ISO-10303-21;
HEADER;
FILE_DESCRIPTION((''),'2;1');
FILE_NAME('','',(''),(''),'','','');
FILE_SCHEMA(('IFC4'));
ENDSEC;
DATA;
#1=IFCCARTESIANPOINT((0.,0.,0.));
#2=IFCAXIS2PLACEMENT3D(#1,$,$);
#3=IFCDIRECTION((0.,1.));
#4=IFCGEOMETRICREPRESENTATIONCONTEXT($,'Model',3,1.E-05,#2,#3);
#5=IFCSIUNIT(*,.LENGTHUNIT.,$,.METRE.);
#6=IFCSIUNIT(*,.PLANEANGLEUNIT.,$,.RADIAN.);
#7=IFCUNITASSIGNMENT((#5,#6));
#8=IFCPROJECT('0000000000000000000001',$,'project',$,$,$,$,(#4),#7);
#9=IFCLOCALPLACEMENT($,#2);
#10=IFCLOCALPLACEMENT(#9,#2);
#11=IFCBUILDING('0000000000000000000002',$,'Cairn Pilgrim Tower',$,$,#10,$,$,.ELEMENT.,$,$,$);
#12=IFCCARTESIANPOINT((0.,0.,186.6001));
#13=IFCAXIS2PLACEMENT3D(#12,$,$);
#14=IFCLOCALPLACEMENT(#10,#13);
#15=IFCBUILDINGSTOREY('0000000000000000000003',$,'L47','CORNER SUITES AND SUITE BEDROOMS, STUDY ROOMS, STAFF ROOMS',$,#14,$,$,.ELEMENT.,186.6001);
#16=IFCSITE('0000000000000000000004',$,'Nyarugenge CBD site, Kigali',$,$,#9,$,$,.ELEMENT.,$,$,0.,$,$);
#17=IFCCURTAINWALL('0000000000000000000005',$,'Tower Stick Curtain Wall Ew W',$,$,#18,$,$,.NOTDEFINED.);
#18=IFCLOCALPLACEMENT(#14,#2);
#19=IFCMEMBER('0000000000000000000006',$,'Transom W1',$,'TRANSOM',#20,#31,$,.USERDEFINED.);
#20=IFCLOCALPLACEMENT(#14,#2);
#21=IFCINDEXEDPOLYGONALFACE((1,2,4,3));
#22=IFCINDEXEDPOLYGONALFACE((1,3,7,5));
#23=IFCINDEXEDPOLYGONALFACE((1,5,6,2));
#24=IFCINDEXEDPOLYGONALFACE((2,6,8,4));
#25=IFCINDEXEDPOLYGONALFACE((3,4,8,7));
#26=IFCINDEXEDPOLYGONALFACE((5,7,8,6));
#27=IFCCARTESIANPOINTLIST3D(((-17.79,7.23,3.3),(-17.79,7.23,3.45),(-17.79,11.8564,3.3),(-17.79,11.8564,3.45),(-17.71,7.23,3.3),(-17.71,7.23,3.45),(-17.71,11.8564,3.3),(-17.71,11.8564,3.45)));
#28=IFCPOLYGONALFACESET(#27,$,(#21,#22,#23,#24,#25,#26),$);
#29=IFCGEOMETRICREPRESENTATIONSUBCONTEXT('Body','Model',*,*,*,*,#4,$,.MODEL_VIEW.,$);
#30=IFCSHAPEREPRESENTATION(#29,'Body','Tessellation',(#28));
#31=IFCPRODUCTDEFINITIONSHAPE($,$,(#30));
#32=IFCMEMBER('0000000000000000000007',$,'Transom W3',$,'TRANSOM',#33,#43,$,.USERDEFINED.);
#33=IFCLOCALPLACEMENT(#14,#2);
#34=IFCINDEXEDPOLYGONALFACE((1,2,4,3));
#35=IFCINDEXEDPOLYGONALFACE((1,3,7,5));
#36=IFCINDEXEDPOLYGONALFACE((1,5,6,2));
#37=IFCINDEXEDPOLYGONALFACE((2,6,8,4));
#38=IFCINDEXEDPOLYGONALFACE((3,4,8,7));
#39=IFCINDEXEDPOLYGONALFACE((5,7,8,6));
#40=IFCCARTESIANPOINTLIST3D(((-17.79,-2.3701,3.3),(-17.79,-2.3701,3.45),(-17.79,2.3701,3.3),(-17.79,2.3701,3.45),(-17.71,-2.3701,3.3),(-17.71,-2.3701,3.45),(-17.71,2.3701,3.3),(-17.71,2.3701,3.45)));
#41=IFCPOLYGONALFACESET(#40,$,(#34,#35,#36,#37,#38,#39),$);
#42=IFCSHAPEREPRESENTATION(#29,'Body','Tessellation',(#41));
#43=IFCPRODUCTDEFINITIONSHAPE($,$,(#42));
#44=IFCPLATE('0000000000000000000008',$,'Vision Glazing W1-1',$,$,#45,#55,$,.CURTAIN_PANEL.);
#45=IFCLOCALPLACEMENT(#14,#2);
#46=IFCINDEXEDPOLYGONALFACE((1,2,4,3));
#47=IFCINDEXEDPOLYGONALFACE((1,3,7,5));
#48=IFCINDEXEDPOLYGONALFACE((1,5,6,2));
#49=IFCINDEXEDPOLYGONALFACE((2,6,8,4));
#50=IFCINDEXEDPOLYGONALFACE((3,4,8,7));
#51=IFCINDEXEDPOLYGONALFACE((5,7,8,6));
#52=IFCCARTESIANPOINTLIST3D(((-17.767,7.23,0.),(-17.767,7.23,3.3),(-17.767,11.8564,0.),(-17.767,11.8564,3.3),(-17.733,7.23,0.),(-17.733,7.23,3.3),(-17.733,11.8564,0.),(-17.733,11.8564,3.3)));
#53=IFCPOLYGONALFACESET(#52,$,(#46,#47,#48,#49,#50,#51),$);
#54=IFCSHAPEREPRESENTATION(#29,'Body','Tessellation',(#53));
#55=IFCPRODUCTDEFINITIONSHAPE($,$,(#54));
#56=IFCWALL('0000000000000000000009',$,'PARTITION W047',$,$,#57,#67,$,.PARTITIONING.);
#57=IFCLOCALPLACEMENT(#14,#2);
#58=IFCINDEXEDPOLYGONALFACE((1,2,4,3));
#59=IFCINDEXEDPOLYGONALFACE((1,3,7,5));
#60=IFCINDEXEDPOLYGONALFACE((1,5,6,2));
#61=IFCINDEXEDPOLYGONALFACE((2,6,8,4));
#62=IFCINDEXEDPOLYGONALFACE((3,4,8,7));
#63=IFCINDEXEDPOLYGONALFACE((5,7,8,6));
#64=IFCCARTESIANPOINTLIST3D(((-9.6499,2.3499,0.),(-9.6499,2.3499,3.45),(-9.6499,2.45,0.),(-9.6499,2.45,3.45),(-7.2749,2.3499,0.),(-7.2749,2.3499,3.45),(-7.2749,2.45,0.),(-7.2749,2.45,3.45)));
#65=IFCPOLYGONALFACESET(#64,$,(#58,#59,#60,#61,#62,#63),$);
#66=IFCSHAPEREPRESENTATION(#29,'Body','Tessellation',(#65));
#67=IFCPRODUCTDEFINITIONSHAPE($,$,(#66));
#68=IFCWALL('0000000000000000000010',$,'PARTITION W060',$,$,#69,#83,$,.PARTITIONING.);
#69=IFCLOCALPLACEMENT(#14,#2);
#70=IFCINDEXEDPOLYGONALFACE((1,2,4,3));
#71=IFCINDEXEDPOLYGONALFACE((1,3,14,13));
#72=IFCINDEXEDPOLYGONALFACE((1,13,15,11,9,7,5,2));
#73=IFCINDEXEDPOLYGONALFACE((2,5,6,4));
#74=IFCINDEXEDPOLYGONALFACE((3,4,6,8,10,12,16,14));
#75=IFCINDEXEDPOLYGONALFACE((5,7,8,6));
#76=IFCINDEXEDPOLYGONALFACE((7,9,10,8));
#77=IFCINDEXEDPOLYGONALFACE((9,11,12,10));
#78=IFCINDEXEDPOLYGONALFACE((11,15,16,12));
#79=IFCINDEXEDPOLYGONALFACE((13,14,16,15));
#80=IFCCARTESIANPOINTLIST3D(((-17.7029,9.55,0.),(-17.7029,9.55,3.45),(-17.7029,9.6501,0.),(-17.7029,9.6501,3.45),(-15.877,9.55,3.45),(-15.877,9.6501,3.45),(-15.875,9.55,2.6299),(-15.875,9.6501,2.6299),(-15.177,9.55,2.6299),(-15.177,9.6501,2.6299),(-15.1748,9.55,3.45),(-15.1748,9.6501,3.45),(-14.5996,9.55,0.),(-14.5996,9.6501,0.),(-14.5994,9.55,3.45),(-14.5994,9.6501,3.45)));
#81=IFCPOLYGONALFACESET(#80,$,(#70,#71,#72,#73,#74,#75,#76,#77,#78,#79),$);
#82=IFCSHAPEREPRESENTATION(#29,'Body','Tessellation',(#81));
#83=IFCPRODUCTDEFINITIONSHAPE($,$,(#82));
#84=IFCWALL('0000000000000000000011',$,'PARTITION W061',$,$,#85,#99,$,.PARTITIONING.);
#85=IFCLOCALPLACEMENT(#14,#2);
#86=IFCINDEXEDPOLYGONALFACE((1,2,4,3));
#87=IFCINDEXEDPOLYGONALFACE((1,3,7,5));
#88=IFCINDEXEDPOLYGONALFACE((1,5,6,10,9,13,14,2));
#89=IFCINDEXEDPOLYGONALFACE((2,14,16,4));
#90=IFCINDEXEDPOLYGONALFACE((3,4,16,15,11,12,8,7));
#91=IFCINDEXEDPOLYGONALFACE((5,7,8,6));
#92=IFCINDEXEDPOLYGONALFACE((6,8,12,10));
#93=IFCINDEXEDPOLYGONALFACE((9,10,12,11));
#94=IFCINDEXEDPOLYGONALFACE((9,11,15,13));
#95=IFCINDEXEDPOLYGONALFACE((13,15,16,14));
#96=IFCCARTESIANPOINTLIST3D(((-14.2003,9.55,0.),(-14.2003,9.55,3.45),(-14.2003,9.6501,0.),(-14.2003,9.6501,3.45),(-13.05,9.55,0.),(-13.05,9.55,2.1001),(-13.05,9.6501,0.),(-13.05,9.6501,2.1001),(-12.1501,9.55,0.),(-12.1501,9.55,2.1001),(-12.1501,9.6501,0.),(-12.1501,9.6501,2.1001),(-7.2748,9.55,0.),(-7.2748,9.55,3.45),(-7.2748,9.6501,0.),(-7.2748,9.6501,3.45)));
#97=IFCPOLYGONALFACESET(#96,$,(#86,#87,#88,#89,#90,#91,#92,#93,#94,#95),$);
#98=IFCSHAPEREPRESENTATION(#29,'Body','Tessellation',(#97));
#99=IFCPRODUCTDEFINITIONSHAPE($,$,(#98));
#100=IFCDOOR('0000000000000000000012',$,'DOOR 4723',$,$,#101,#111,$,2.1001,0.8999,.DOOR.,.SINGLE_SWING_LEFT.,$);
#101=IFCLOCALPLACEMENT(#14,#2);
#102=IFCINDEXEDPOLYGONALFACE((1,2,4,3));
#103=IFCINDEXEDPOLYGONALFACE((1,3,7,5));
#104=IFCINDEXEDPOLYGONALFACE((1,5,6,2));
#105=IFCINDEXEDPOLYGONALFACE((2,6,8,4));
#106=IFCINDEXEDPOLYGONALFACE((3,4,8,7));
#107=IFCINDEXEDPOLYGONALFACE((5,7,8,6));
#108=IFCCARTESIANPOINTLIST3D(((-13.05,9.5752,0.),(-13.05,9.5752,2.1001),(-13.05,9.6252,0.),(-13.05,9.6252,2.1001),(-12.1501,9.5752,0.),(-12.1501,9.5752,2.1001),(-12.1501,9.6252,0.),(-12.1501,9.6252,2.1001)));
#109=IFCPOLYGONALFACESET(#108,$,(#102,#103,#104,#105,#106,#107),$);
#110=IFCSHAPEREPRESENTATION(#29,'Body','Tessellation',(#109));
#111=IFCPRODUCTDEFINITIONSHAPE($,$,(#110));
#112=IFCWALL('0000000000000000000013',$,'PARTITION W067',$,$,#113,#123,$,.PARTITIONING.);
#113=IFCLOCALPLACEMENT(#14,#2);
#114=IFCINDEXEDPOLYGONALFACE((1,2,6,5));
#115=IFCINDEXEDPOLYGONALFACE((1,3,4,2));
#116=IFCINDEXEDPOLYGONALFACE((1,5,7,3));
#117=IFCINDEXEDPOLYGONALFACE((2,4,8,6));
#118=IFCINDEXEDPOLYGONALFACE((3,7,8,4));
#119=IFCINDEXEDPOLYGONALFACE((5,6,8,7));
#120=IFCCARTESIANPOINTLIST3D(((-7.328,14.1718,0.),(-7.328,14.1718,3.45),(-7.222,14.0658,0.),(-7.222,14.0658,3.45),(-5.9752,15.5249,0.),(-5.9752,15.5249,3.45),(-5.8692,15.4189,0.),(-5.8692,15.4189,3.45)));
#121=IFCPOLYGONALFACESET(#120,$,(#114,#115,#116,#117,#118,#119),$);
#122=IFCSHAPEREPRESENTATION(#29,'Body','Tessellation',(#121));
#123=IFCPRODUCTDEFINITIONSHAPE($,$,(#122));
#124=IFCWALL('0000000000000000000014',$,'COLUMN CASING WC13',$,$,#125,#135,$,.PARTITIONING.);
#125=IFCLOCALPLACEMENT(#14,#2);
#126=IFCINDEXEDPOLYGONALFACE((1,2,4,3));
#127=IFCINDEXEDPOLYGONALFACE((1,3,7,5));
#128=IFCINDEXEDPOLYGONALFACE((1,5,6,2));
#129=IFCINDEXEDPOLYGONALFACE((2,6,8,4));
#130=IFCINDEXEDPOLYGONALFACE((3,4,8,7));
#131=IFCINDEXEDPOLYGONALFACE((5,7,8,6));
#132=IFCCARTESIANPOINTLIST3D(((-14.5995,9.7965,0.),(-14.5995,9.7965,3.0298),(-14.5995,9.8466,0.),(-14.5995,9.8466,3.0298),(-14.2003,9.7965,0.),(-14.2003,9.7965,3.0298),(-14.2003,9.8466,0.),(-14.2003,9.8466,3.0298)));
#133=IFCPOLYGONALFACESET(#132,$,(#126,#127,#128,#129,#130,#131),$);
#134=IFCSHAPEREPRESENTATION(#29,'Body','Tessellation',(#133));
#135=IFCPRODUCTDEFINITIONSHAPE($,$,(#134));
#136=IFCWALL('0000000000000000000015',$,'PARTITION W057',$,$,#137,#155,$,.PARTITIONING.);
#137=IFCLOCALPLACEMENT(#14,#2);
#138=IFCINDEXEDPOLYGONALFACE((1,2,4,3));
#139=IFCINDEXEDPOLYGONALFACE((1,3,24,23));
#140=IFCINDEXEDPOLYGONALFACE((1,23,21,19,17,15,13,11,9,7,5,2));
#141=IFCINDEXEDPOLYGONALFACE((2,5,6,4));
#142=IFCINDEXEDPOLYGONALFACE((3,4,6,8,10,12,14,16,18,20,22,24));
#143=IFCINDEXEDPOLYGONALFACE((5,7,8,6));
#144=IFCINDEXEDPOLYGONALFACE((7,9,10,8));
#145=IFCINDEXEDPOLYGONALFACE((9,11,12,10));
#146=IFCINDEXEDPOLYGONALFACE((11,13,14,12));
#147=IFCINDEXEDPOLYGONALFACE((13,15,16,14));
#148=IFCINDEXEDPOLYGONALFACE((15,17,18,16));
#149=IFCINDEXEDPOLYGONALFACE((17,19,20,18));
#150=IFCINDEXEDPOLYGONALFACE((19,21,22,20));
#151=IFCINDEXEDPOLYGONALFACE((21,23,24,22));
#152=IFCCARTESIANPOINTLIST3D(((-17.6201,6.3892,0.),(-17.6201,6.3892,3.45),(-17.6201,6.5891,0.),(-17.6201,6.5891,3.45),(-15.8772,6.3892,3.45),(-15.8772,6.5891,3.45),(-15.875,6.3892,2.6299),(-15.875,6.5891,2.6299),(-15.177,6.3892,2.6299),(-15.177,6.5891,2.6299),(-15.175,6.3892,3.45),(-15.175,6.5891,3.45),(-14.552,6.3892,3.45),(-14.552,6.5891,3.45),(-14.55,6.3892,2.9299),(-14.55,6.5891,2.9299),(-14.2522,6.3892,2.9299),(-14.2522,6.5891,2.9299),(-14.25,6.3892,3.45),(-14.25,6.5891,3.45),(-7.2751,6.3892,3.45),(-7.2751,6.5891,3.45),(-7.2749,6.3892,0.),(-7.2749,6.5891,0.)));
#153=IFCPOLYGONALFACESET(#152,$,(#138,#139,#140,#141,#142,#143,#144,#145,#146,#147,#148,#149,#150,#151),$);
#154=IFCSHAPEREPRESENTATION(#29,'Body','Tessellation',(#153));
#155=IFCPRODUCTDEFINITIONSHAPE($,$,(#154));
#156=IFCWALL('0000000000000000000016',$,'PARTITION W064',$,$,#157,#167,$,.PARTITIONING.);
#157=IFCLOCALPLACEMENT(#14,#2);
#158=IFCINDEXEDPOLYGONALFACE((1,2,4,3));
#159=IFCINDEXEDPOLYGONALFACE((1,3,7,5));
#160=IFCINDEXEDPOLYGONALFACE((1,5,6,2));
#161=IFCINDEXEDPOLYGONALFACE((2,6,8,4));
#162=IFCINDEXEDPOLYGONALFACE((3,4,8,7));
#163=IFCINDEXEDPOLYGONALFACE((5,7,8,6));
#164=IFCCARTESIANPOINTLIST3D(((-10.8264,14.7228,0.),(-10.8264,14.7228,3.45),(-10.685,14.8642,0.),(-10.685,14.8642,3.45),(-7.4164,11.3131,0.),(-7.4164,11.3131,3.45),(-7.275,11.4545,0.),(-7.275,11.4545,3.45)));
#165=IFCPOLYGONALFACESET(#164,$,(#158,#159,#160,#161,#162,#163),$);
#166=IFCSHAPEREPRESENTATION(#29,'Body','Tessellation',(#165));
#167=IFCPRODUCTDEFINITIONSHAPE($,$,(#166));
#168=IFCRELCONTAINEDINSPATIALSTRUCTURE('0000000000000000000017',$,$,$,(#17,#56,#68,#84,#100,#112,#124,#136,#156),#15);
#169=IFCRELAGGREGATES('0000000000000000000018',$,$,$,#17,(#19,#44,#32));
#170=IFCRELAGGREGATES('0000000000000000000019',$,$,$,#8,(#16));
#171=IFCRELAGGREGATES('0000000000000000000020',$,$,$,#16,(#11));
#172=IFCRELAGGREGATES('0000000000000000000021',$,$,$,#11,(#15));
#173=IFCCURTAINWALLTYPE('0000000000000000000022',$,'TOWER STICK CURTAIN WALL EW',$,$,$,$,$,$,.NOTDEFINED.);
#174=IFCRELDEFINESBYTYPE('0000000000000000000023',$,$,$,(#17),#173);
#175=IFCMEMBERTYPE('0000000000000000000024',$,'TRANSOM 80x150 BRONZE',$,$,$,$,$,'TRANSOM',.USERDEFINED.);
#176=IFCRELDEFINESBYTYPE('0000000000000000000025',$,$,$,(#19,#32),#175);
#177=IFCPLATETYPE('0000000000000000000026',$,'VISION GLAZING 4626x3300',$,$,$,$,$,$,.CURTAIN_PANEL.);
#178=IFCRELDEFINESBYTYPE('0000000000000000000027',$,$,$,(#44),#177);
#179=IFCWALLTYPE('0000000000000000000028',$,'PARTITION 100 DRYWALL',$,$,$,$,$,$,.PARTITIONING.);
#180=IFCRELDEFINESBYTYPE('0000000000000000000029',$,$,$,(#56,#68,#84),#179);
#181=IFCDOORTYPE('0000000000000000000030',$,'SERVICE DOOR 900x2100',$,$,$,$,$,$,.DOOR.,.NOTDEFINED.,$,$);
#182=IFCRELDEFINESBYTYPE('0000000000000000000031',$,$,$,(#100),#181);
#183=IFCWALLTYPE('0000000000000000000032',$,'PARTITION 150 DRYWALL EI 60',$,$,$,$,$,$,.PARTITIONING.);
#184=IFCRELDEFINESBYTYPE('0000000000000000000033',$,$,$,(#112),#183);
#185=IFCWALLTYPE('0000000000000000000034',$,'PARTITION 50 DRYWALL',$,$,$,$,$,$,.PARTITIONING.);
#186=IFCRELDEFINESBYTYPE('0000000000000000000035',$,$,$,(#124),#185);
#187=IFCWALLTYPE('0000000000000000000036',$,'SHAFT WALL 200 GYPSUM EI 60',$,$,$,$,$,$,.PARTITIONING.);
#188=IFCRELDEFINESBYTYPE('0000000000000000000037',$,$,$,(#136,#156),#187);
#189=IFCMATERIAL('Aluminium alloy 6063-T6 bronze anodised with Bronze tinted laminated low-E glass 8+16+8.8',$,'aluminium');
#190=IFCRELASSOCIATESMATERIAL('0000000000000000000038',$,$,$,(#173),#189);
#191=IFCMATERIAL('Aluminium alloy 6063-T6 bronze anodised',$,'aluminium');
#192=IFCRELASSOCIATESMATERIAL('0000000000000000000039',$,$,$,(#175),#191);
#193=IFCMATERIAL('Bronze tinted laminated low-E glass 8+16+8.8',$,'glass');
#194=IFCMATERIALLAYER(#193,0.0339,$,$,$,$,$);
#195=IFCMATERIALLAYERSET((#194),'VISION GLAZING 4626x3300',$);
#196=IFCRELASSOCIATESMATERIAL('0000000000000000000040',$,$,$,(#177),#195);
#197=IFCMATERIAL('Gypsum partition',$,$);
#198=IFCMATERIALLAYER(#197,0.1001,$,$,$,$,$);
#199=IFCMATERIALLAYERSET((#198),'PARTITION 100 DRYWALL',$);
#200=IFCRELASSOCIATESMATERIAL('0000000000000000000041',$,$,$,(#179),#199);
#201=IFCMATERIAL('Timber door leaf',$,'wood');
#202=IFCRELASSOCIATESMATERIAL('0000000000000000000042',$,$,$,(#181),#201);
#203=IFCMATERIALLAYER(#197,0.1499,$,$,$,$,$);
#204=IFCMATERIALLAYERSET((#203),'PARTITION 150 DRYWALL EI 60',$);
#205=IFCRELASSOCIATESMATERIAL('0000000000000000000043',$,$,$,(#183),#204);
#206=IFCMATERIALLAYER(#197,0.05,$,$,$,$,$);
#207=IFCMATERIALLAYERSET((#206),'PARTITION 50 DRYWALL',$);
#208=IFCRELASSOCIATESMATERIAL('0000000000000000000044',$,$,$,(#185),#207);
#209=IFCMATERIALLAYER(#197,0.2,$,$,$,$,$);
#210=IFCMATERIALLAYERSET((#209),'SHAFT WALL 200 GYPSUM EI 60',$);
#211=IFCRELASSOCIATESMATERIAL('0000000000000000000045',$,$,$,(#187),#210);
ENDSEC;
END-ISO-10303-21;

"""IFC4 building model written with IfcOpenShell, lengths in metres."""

from ifc_helpers import new_model, si_unit, direction, frame, frame_2d, origin, origin_2d, place, context, subcontext, project, spatial, polyline, rectangle, outline, extrude, material, layer, layer_set, material_profile, profile_set, type_object, element, fill, aggregate, save


model = new_model("IFC4")

# Units and contexts
model_context = context("Model", 3, precision=1e-05, world=origin(), true_north=direction((0.0, 1.0)))
body_context = subcontext(model_context, "Body", "Model", "MODEL_VIEW")
ifc_project = project(units=[si_unit("LENGTHUNIT", "METRE"), si_unit("PLANEANGLEUNIT", "RADIAN")], contexts=[model_context])

# Site, building, storey
site_placement = place(None, origin())
site = spatial("IfcSite", under=ifc_project, at=site_placement, Name="Nyarugenge CBD site, Kigali", CompositionType="ELEMENT", RefElevation=0.0)
building_placement = place(site_placement, origin())
building = spatial("IfcBuilding", under=site, at=building_placement, Name="Cairn Pilgrim Tower", CompositionType="ELEMENT")
storey_placement = place(building_placement, frame((0.0, 0.0, 186.6001)))
storey = spatial("IfcBuildingStorey", under=building, at=storey_placement, Name="L47", Description="CORNER SUITES AND SUITE BEDROOMS, STUDY ROOMS, STAFF ROOMS", CompositionType="ELEMENT", Elevation=186.6001)

# Curtain wall
ifc_material_1 = material(Name="Aluminium alloy 6063-T6 bronze anodised with Bronze tinted laminated low-E glass 8+16+8.8", Category="aluminium")
curtain_wall_type = type_object("IfcCurtainWallType", Name="TOWER STICK CURTAIN WALL EW", PredefinedType="NOTDEFINED", material=ifc_material_1)
curtain_wall_placement = place(storey_placement, origin())
curtain_wall = element("IfcCurtainWall", 1, at=curtain_wall_placement, inside=storey, type_object=curtain_wall_type, Name="Tower Stick Curtain Wall Ew W", PredefinedType="NOTDEFINED")
ifc_material_2 = material(Name="Aluminium alloy 6063-T6 bronze anodised", Category="aluminium")

# Members
ifc_material_profile_1 = material_profile(ifc_material_2, rectangle(XDim=0.0801, YDim=0.1499, at=origin_2d()), Name="TRANSOM 80x150 BRONZE")
ifc_profile_set_1 = profile_set([ifc_material_profile_1], Name="Aluminium alloy 6063-T6 bronze anodised")
member_type_1 = type_object("IfcMemberType", Name="TRANSOM 80x150 BRONZE", ElementType="TRANSOM", PredefinedType="USERDEFINED", material=ifc_profile_set_1)
member_1_placement = place(storey_placement, frame((-17.75, 11.8564, 3.375), z_axis=(0.0, -1.0, 0.0), x_axis=(1.0, 0.0, 0.0)))
member_1 = element("IfcMember", 2, at=member_1_placement, type_object=member_type_1, Name="Transom W1", ObjectType="TRANSOM", PredefinedType="USERDEFINED", context=body_context, shape_type="SweptSolid", body=[
    extrude(rectangle(XDim=0.0801, YDim=0.1499, at=origin_2d()), origin(), (0.0, 0.0, 1.0), 4.6265),
])
member_2_placement = place(storey_placement, frame((-17.75, 2.3701, 3.375), z_axis=(0.0, -1.0, 0.0), x_axis=(1.0, 0.0, 0.0)))
member_2 = element("IfcMember", 3, at=member_2_placement, type_object=member_type_1, Name="Transom W3", ObjectType="TRANSOM", PredefinedType="USERDEFINED", context=body_context, shape_type="SweptSolid", body=[
    extrude(rectangle(XDim=0.0801, YDim=0.1499, at=origin_2d()), origin(), (0.0, 0.0, 1.0), 4.7402),
])

# Plate
ifc_material_3 = material(Name="Bronze tinted laminated low-E glass 8+16+8.8", Category="glass")
ifc_layer_1 = layer(ifc_material_3, 0.0339)
ifc_layer_set_1 = layer_set([ifc_layer_1], Name="VISION GLAZING 4626x3300")
plate_type = type_object("IfcPlateType", Name="VISION GLAZING 4626x3300", PredefinedType="CURTAIN_PANEL", material=ifc_layer_set_1)
plate_placement = place(storey_placement, frame((-17.75, 9.5432, 0.0), z_axis=(0.0, 0.0, 1.0), x_axis=(0.0, -1.0, 0.0)))
plate = element("IfcPlate", 4, at=plate_placement, type_object=plate_type, Name="Vision Glazing W1-1", PredefinedType="CURTAIN_PANEL", context=body_context, shape_type="SweptSolid", body=[
    extrude(rectangle(XDim=4.6265, YDim=0.0339, at=origin_2d()), origin(), (0.0, 0.0, 1.0), 3.3),
])
aggregate(curtain_wall, [member_1, plate, member_2])

# Walls
ifc_material_4 = material(Name="Gypsum partition")
ifc_layer_2 = layer(ifc_material_4, 0.1001)
ifc_layer_set_2 = layer_set([ifc_layer_2], Name="PARTITION 100 DRYWALL")
wall_type_1 = type_object("IfcWallType", Name="PARTITION 100 DRYWALL", PredefinedType="PARTITIONING", material=ifc_layer_set_2)
wall_1_placement = place(storey_placement, frame((-9.6499, 2.3999, 0.0), z_axis=(0.0, 0.0, 1.0), x_axis=(1.0, 0.0, 0.0)))
element("IfcWall", 5, at=wall_1_placement, inside=storey, type_object=wall_type_1, Name="PARTITION W047", PredefinedType="PARTITIONING", context=body_context, shape_type="SweptSolid", body=[
    extrude(rectangle(XDim=2.375, YDim=0.1001, at=frame_2d((1.1875, 0.0))), origin(), (0.0, 0.0, 1.0), 3.45),
])
wall_2_placement = place(storey_placement, frame((-17.7029, 9.6001, 0.0), z_axis=(0.0, 0.0, 1.0), x_axis=(1.0, 0.0, 0.0)))
element("IfcWall", 6, at=wall_2_placement, inside=storey, type_object=wall_type_1, Name="PARTITION W060", PredefinedType="PARTITIONING", context=body_context, shape_type="SweptSolid", body=[
    extrude(outline(polyline([(0.0, 0.0), (3.1033, 0.0), (3.1035, 3.45), (2.5281, 3.45), (2.5259, 2.6299), (1.8279, 2.6299), (1.8259, 3.45), (0.0, 3.45), (0.0, 0.0)])), frame((0.0, 0.05, 0.0), z_axis=(0.0, -1.0, 0.0), x_axis=(1.0, 0.0, 0.0)), (0.0, 0.0, 1.0), 0.1001),
])

# Wall, opening, door
wall_3_placement = place(storey_placement, frame((-14.2004, 9.6001, 0.0), z_axis=(0.0, 0.0, 1.0), x_axis=(1.0, 0.0, 0.0)))
wall_3 = element("IfcWall", 7, at=wall_3_placement, inside=storey, type_object=wall_type_1, Name="PARTITION W061", PredefinedType="PARTITIONING", context=body_context, shape_type="SweptSolid", body=[
    extrude(rectangle(XDim=6.9255, YDim=0.1001, at=frame_2d((3.4629, 0.0))), origin(), (0.0, 0.0, 1.0), 3.45),
])
opening_1_placement = place(wall_3_placement, frame((1.1504, 0.0, 0.0)))
opening_1 = element("IfcOpeningElement", 8, at=opening_1_placement, cuts=wall_3, PredefinedType="OPENING", context=body_context, shape_type="SweptSolid", body=[
    extrude(rectangle(XDim=0.8999, YDim=2.1001, at=frame_2d((0.45, 1.05))), frame((0.0, 0.0601, 0.0), z_axis=(0.0, -1.0, 0.0), x_axis=(1.0, 0.0, 0.0)), (0.0, 0.0, 1.0), 0.1201),
])
ifc_material_5 = material(Name="Timber door leaf", Category="wood")
door_type_1 = type_object("IfcDoorType", Name="SERVICE DOOR 900x2100", OperationType="NOTDEFINED", PredefinedType="DOOR", material=ifc_material_5)
door_1_placement = place(opening_1_placement, frame((0.8999, 0.0, 0.0), z_axis=(0.0, 0.0, 1.0), x_axis=(-1.0, 0.0, 0.0)))
door_1 = element("IfcDoor", 9, at=door_1_placement, inside=storey, type_object=door_type_1, Name="DOOR 4723", OperationType="SINGLE_SWING_LEFT", OverallHeight=2.1001, OverallWidth=0.8999, PredefinedType="DOOR", context=body_context, shape_type="SweptSolid", body=[
    extrude(rectangle(XDim=0.8999, YDim=2.1001, at=frame_2d((0.45, 1.05))), frame((0.0, 0.0249, 0.0), z_axis=(0.0, -1.0, 0.0), x_axis=(1.0, 0.0, 0.0)), (0.0, 0.0, 1.0), 0.05),
])
fill(opening_1, door_1)

# Walls
ifc_layer_3 = layer(ifc_material_4, 0.1499)
ifc_layer_set_3 = layer_set([ifc_layer_3], Name="PARTITION 150 DRYWALL EI 60")
wall_type_2 = type_object("IfcWallType", Name="PARTITION 150 DRYWALL EI 60", PredefinedType="PARTITIONING", material=ifc_layer_set_3)
wall_4_placement = place(storey_placement, frame((-7.2749, 14.1189, 0.0), z_axis=(0.0, 0.0, 1.0), x_axis=(0.707043, 0.707171, 0.0)))
element("IfcWall", 10, at=wall_4_placement, inside=storey, type_object=wall_type_2, Name="PARTITION W067", PredefinedType="PARTITIONING", context=body_context, shape_type="SweptSolid", body=[
    extrude(rectangle(XDim=1.9133, YDim=0.1499, at=frame_2d((0.9565, 0.0))), origin(), (0.0, 0.0, 1.0), 3.45),
])
ifc_layer_4 = layer(ifc_material_4, 0.05)
ifc_layer_set_4 = layer_set([ifc_layer_4], Name="PARTITION 50 DRYWALL")
wall_type_3 = type_object("IfcWallType", Name="PARTITION 50 DRYWALL", PredefinedType="PARTITIONING", material=ifc_layer_set_4)
wall_5_placement = place(storey_placement, frame((-14.5996, 9.8215, 0.0), z_axis=(0.0, 0.0, 1.0), x_axis=(1.0, 0.0, 0.0)))
element("IfcWall", 11, at=wall_5_placement, inside=storey, type_object=wall_type_3, Name="COLUMN CASING WC13", PredefinedType="PARTITIONING", context=body_context, shape_type="SweptSolid", body=[
    extrude(rectangle(XDim=0.3992, YDim=0.05, at=frame_2d((0.1997, 0.0))), origin(), (0.0, 0.0, 1.0), 3.0298),
])
ifc_layer_5 = layer(ifc_material_4, 0.2)
ifc_layer_set_5 = layer_set([ifc_layer_5], Name="SHAFT WALL 200 GYPSUM EI 60")
wall_type_4 = type_object("IfcWallType", Name="SHAFT WALL 200 GYPSUM EI 60", PredefinedType="PARTITIONING", material=ifc_layer_set_5)
wall_6_placement = place(storey_placement, frame((-17.6201, 6.489, 0.0), z_axis=(0.0, 0.0, 1.0), x_axis=(1.0, 0.0, 0.0)))
element("IfcWall", 12, at=wall_6_placement, inside=storey, type_object=wall_type_4, Name="PARTITION W057", PredefinedType="PARTITIONING", context=body_context, shape_type="SweptSolid", body=[
    extrude(outline(polyline([(0.0, 0.0), (10.3452, 0.0), (10.345, 3.45), (3.3701, 3.45), (3.3679, 2.9299), (3.0701, 2.9299), (3.0681, 3.45), (2.4451, 3.45), (2.4431, 2.6299), (1.7451, 2.6299), (1.7429, 3.45), (0.0, 3.45), (0.0, 0.0)])), frame((0.0, 0.1001, 0.0), z_axis=(0.0, -1.0, 0.0), x_axis=(1.0, 0.0, 0.0)), (0.0, 0.0, 1.0), 0.2),
])
wall_7_placement = place(storey_placement, frame((-7.3457, 11.3838, 0.0), z_axis=(0.0, 0.0, 1.0), x_axis=(-0.707132, 0.707081, 0.0)))
element("IfcWall", 13, at=wall_7_placement, inside=storey, type_object=wall_type_4, Name="PARTITION W064", PredefinedType="PARTITIONING", context=body_context, shape_type="SweptSolid", body=[
    extrude(rectangle(XDim=4.8223, YDim=0.2, at=frame_2d((2.4111, 0.0))), origin(), (0.0, 0.0, 1.0), 3.45),
])

save(model, "model.ifc")
